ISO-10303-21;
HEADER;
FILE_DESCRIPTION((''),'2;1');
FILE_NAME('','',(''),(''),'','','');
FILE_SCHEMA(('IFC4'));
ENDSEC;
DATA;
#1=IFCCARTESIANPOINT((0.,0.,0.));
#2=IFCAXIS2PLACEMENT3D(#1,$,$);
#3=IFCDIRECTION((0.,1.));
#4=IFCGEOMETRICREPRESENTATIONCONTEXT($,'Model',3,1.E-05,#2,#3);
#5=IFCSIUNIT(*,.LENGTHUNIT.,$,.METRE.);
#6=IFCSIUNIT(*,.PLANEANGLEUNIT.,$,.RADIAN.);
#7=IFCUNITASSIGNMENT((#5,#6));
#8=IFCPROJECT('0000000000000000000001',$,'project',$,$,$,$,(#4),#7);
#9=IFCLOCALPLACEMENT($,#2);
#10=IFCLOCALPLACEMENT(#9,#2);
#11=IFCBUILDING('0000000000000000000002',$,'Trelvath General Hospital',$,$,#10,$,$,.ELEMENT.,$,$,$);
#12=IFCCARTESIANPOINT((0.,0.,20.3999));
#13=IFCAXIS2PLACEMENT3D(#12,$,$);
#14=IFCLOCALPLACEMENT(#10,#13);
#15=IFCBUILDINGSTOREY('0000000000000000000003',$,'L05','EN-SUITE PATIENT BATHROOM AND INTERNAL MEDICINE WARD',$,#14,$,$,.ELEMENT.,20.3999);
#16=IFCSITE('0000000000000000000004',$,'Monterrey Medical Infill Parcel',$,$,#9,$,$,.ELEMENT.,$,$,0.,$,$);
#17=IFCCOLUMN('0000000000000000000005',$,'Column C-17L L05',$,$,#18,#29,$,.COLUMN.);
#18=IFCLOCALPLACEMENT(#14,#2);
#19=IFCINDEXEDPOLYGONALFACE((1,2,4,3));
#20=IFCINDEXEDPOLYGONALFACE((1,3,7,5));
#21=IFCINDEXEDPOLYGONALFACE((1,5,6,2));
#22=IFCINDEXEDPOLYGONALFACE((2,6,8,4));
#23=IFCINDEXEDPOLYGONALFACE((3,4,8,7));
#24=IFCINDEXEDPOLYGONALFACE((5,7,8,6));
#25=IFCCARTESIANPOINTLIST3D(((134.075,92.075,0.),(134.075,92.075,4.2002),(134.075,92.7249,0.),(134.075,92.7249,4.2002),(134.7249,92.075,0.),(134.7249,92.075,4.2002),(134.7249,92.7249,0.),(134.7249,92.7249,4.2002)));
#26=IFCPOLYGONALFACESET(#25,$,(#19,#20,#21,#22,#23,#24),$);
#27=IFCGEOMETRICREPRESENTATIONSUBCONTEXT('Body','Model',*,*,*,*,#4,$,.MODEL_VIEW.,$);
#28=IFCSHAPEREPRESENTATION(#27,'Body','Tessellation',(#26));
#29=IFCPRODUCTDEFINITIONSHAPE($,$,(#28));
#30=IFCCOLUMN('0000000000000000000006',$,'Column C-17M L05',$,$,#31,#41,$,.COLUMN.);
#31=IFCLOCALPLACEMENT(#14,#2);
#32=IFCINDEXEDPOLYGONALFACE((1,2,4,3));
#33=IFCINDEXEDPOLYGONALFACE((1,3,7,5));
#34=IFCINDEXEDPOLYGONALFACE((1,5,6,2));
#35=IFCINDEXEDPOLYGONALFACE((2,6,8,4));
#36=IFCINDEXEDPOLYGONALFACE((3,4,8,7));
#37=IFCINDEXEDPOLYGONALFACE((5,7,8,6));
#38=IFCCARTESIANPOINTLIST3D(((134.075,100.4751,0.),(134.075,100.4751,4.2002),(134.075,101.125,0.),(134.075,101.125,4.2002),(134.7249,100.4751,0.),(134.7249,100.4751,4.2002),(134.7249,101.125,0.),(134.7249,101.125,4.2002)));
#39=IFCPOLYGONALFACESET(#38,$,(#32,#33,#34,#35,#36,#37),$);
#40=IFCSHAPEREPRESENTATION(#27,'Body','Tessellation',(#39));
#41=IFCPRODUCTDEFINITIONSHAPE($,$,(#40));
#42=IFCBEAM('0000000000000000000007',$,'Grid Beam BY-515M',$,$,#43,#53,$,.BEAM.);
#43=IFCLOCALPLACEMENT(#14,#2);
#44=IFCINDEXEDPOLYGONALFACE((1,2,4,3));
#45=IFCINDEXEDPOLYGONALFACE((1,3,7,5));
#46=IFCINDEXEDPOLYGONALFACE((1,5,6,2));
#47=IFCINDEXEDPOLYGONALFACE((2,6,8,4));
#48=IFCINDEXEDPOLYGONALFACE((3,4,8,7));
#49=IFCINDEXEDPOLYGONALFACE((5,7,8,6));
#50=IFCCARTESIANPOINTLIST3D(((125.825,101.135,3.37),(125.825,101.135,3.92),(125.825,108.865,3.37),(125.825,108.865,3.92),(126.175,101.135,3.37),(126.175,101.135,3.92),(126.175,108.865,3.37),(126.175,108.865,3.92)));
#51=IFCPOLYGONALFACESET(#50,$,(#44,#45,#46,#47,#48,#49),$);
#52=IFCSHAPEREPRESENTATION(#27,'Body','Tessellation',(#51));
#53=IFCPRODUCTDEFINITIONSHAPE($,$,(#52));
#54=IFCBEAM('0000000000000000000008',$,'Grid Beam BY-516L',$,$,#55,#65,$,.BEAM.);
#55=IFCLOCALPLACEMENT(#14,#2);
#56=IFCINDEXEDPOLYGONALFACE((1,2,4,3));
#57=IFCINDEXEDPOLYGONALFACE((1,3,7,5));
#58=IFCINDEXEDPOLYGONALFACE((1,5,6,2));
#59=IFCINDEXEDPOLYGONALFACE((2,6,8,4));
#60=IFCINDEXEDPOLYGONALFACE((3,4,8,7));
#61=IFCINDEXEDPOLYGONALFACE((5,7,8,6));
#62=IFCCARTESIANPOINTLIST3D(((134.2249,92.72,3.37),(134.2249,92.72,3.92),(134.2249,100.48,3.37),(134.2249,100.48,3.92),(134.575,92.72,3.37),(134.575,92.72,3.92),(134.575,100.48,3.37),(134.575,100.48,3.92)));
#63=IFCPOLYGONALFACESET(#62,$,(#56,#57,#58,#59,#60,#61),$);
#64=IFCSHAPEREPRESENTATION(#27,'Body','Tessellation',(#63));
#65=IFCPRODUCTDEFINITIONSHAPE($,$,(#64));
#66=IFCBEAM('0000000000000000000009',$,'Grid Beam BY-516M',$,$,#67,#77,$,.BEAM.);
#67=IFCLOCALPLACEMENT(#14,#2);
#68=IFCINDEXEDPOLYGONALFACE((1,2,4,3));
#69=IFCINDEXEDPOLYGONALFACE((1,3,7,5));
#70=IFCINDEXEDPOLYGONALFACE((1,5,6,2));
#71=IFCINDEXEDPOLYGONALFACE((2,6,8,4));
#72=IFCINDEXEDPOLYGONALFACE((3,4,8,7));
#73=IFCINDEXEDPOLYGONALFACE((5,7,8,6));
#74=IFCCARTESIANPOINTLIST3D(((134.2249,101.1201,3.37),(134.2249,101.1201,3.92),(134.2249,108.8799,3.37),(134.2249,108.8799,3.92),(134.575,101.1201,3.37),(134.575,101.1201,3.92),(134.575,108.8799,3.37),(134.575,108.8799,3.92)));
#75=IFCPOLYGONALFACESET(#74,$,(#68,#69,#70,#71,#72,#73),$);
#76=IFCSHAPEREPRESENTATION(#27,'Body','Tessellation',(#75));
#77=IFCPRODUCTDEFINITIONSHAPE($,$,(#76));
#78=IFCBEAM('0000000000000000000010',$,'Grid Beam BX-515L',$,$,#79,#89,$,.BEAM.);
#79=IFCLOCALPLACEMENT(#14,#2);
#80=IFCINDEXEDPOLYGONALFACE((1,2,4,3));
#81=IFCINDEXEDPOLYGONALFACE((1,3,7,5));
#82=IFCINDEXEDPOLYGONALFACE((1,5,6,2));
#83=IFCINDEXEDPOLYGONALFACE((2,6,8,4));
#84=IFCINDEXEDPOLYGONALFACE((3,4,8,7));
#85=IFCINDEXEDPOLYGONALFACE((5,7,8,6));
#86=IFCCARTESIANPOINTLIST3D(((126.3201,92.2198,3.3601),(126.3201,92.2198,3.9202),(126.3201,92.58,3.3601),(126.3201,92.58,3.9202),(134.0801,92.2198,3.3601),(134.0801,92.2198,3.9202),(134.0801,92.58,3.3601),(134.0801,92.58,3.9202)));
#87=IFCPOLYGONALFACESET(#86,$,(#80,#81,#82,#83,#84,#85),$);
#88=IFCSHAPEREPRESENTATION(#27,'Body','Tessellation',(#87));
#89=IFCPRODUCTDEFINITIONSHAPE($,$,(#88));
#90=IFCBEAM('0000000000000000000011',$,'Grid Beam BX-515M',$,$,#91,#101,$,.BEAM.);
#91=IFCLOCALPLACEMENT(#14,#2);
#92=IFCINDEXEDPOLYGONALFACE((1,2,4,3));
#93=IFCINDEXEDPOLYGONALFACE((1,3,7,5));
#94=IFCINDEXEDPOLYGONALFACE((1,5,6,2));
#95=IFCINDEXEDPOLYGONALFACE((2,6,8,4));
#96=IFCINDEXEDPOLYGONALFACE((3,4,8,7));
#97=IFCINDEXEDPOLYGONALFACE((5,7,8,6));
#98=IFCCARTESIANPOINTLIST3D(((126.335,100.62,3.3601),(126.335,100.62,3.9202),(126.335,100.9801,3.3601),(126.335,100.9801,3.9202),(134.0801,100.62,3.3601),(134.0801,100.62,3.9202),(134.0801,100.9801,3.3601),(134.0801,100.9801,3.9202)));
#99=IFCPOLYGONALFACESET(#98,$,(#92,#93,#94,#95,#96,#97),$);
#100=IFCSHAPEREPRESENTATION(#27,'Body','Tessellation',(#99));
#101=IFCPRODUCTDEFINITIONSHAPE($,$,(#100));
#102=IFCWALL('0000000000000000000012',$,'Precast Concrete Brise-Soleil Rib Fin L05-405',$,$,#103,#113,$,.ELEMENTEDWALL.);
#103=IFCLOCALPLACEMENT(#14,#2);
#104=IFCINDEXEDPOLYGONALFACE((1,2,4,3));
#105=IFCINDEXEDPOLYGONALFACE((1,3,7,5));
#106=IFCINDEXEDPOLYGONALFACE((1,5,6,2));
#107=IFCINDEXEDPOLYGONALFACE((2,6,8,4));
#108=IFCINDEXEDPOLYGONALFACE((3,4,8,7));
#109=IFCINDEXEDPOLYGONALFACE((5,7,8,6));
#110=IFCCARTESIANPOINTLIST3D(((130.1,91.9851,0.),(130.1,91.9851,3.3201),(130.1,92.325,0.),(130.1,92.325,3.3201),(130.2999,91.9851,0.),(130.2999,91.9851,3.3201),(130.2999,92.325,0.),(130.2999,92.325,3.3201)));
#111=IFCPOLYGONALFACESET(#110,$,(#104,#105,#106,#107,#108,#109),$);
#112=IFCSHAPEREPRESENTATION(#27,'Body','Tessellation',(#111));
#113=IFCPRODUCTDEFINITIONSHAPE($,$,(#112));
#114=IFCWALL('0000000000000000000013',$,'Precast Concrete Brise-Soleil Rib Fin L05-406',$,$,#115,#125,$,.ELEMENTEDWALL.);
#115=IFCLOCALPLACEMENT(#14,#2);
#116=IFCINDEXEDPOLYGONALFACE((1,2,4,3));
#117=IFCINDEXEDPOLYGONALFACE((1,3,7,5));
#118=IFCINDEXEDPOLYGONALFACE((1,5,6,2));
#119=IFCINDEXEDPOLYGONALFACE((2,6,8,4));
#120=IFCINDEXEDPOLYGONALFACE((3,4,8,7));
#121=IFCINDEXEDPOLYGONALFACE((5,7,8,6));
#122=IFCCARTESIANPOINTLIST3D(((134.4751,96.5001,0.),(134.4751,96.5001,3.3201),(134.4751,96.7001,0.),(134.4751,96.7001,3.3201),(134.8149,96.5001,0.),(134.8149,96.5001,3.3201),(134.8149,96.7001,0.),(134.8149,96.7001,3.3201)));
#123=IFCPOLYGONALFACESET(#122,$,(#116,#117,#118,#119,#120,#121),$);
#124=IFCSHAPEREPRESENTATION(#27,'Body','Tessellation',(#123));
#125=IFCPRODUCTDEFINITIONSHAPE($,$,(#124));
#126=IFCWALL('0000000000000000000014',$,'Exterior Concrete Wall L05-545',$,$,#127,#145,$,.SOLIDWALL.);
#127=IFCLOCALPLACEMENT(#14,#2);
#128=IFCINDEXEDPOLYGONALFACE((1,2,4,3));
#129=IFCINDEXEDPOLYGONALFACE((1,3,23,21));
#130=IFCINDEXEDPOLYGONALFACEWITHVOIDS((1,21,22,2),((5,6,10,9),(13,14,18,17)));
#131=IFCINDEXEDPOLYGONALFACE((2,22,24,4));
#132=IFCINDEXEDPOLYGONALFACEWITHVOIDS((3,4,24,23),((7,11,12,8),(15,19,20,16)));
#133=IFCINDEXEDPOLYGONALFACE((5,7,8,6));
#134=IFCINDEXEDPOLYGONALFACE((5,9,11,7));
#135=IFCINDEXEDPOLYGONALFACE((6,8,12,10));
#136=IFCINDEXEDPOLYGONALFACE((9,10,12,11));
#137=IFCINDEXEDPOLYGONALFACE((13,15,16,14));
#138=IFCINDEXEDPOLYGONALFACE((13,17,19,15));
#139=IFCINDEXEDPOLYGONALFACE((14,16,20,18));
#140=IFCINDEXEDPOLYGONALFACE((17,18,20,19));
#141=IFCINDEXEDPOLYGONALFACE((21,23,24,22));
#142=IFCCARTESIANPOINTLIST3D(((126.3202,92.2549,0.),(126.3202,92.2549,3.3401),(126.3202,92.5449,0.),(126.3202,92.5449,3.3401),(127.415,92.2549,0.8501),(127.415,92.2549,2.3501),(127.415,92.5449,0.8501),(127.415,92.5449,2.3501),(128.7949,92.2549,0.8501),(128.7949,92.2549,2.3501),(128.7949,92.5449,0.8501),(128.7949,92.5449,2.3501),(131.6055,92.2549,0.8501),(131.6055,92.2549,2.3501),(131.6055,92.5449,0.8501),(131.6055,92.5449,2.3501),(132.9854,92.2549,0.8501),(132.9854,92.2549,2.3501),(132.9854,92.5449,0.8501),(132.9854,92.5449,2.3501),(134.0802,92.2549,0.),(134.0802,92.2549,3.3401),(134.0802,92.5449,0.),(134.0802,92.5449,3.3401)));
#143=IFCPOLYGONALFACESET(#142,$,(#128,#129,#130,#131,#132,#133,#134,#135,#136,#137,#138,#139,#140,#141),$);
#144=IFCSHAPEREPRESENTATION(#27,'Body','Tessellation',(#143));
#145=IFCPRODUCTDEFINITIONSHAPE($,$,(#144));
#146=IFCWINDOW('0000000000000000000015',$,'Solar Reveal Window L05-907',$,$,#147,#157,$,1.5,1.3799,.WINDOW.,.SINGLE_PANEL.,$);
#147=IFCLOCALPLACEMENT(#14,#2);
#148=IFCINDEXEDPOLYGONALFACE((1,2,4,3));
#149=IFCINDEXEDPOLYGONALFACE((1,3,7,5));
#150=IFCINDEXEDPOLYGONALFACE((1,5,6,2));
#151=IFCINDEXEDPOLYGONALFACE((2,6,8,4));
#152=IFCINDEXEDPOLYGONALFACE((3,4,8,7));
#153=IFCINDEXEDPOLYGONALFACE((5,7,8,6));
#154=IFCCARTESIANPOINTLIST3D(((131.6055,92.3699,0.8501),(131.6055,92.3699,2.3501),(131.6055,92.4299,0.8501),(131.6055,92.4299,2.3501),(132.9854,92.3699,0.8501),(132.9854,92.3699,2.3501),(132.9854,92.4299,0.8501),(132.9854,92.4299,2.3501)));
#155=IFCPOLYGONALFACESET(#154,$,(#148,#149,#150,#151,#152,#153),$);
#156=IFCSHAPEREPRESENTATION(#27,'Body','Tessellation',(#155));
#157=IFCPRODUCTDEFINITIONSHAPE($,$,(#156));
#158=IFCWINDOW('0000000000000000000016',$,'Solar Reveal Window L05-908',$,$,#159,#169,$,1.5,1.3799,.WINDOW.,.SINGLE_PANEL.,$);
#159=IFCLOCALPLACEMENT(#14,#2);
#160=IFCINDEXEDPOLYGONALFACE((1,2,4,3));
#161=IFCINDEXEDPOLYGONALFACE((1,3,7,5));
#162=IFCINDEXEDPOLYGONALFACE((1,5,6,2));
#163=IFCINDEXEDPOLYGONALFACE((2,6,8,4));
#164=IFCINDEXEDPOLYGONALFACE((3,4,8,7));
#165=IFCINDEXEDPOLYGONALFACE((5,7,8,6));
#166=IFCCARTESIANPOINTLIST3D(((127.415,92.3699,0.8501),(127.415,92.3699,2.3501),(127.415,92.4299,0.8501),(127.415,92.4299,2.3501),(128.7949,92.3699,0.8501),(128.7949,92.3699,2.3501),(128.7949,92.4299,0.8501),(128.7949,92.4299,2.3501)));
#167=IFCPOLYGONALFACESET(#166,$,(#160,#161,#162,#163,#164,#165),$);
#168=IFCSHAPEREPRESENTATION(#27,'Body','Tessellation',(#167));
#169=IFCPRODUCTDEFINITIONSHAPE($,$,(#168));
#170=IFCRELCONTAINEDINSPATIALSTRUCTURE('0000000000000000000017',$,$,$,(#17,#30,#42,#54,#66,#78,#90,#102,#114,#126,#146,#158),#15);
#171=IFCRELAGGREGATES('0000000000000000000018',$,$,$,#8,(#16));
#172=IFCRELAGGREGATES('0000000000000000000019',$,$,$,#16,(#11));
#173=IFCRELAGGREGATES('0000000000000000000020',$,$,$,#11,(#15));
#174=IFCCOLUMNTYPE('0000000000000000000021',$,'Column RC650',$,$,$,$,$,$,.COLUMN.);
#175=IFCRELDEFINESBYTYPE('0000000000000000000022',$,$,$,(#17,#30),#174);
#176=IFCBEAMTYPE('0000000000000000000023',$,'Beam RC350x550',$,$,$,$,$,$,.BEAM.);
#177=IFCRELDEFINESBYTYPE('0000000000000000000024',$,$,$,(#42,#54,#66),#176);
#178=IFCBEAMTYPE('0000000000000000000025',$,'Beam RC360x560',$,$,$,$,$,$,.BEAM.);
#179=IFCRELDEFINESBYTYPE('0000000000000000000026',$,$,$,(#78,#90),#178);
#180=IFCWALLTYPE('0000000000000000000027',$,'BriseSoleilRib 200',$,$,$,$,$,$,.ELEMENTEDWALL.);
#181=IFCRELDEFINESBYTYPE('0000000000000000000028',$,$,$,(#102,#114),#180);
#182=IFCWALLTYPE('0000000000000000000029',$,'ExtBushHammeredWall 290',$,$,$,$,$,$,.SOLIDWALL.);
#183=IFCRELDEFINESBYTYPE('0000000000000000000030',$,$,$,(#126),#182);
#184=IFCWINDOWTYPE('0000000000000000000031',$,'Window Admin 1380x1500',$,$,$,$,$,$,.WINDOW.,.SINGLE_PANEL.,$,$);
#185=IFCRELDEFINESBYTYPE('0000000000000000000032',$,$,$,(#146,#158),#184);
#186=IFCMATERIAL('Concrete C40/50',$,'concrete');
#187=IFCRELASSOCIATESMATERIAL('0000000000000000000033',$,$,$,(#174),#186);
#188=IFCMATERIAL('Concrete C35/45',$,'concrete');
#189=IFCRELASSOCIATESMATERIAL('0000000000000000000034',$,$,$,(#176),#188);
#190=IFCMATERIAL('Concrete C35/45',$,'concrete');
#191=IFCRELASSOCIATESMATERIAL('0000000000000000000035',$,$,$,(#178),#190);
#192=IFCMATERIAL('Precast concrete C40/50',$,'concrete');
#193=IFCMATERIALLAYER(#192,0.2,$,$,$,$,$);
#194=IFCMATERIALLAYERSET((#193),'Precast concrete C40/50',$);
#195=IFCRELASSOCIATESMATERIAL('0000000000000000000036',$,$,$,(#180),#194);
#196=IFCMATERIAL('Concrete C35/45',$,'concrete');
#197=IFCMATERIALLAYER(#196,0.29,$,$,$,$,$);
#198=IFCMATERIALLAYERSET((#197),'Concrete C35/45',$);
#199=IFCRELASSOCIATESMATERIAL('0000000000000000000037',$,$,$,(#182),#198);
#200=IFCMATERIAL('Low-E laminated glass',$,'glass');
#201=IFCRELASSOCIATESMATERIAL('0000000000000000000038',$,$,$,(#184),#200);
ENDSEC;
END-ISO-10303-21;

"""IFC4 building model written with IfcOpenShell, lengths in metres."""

from ifc_helpers import new_model, si_unit, direction, frame, frame_2d, origin, origin_2d, place, context, subcontext, project, spatial, rectangle, extrude, material, layer, layer_set, material_profile, profile_set, type_object, element, fill, save


model = new_model("IFC4")

# Units and contexts
model_context = context("Model", 3, precision=1e-05, world=origin(), true_north=direction((0.0, 1.0)))
body_context = subcontext(model_context, "Body", "Model", "MODEL_VIEW")
ifc_project = project(units=[si_unit("LENGTHUNIT", "METRE"), si_unit("PLANEANGLEUNIT", "RADIAN")], contexts=[model_context])

# Site, building, storey
site_placement = place(None, origin())
site = spatial("IfcSite", under=ifc_project, at=site_placement, Name="Monterrey Medical Infill Parcel", CompositionType="ELEMENT", RefElevation=0.0)
building_placement = place(site_placement, origin())
building = spatial("IfcBuilding", under=site, at=building_placement, Name="Trelvath General Hospital", CompositionType="ELEMENT")
storey_placement = place(building_placement, frame((0.0, 0.0, 20.3999)))
storey = spatial("IfcBuildingStorey", under=building, at=storey_placement, Name="L05", Description="EN-SUITE PATIENT BATHROOM AND INTERNAL MEDICINE WARD", CompositionType="ELEMENT", Elevation=20.3999)

# Columns
ifc_material_1 = material(Name="Concrete C40/50", Category="concrete")
ifc_material_profile_1 = material_profile(ifc_material_1, rectangle(XDim=0.6499, YDim=0.6499, at=origin_2d()), Name="RC650x650")
ifc_profile_set_1 = profile_set([ifc_material_profile_1], Name="Concrete C40/50")
column_type = type_object("IfcColumnType", Name="Column RC650", PredefinedType="COLUMN", material=ifc_profile_set_1)
for number, where, z_axis, x_axis, name in (
    (1, (134.3999, 92.3999, 0.0), (0.0, 0.0, 1.0), (1.0, 0.0, 0.0), "Column C-17L L05"),
    (2, (134.3999, 100.8, 0.0), (0.0, 0.0, 1.0), (1.0, 0.0, 0.0), "Column C-17M L05"),
):
    element("IfcColumn", number, at=place(storey_placement, frame(where, z_axis=z_axis, x_axis=x_axis)), inside=storey, type_object=column_type, Name=name, PredefinedType="COLUMN", context=body_context, shape_type="SweptSolid", body=[
        extrude(rectangle(XDim=0.6499, YDim=0.6499, at=origin_2d()), origin(), (0.0, 0.0, 1.0), 4.2002),
    ])

# Beams
ifc_material_2 = material(Name="Concrete C35/45", Category="concrete")
ifc_material_profile_2 = material_profile(ifc_material_2, rectangle(XDim=0.3501, YDim=0.55, at=origin_2d()), Name="RCB350x550")
ifc_profile_set_2 = profile_set([ifc_material_profile_2], Name="Concrete C35/45")
beam_type_1 = type_object("IfcBeamType", Name="Beam RC350x550", PredefinedType="BEAM", material=ifc_profile_set_2)
beam_1_placement = place(storey_placement, frame((126.0, 101.135, 3.645), z_axis=(0.0, 1.0, 0.0), x_axis=(-1.0, 0.0, 0.0)))
element("IfcBeam", 3, at=beam_1_placement, inside=storey, type_object=beam_type_1, Name="Grid Beam BY-515M", PredefinedType="BEAM", context=body_context, shape_type="SweptSolid", body=[
    extrude(rectangle(XDim=0.3501, YDim=0.55, at=origin_2d()), origin(), (0.0, 0.0, 1.0), 7.73),
])
beam_2_placement = place(storey_placement, frame((134.3999, 92.72, 3.645), z_axis=(0.0, 1.0, 0.0), x_axis=(-1.0, 0.0, 0.0)))
element("IfcBeam", 4, at=beam_2_placement, inside=storey, type_object=beam_type_1, Name="Grid Beam BY-516L", PredefinedType="BEAM", context=body_context, shape_type="SweptSolid", body=[
    extrude(rectangle(XDim=0.3501, YDim=0.55, at=origin_2d()), origin(), (0.0, 0.0, 1.0), 7.76),
])
beam_3_placement = place(storey_placement, frame((134.3999, 101.1201, 3.645), z_axis=(0.0, 1.0, 0.0), x_axis=(-1.0, 0.0, 0.0)))
element("IfcBeam", 5, at=beam_3_placement, inside=storey, type_object=beam_type_1, Name="Grid Beam BY-516M", PredefinedType="BEAM", context=body_context, shape_type="SweptSolid", body=[
    extrude(rectangle(XDim=0.3501, YDim=0.55, at=origin_2d()), origin(), (0.0, 0.0, 1.0), 7.7598),
])
ifc_material_3 = material(Name="Concrete C35/45", Category="concrete")
ifc_material_profile_3 = material_profile(ifc_material_3, rectangle(XDim=0.3601, YDim=0.5601, at=origin_2d()), Name="RCB360x560")
ifc_profile_set_3 = profile_set([ifc_material_profile_3], Name="Concrete C35/45")
beam_type_2 = type_object("IfcBeamType", Name="Beam RC360x560", PredefinedType="BEAM", material=ifc_profile_set_3)
beam_4_placement = place(storey_placement, frame((126.3201, 92.3999, 3.6401), z_axis=(1.0, 0.0, 0.0), x_axis=(0.0, 1.0, 0.0)))
element("IfcBeam", 6, at=beam_4_placement, inside=storey, type_object=beam_type_2, Name="Grid Beam BX-515L", PredefinedType="BEAM", context=body_context, shape_type="SweptSolid", body=[
    extrude(rectangle(XDim=0.3601, YDim=0.5601, at=origin_2d()), origin(), (0.0, 0.0, 1.0), 7.76),
])
beam_5_placement = place(storey_placement, frame((126.335, 100.8, 3.6401), z_axis=(1.0, 0.0, 0.0), x_axis=(0.0, 1.0, 0.0)))
element("IfcBeam", 7, at=beam_5_placement, inside=storey, type_object=beam_type_2, Name="Grid Beam BX-515M", PredefinedType="BEAM", context=body_context, shape_type="SweptSolid", body=[
    extrude(rectangle(XDim=0.3601, YDim=0.5601, at=origin_2d()), origin(), (0.0, 0.0, 1.0), 7.7451),
])

# Walls
ifc_material_4 = material(Name="Precast concrete C40/50", Category="concrete")
ifc_layer_1 = layer(ifc_material_4, 0.2)
ifc_layer_set_1 = layer_set([ifc_layer_1], Name="Precast concrete C40/50")
wall_type_1 = type_object("IfcWallType", Name="BriseSoleilRib 200", PredefinedType="ELEMENTEDWALL", material=ifc_layer_set_1)
for number, where, z_axis, x_axis, name in (
    (8, (130.2, 92.325, 0.0), (0.0, 0.0, 1.0), (0.0, -1.0, 0.0), "Precast Concrete Brise-Soleil Rib Fin L05-405"),
    (9, (134.4751, 96.6001, 0.0), (0.0, 0.0, 1.0), (1.0, 0.0, 0.0), "Precast Concrete Brise-Soleil Rib Fin L05-406"),
):
    element("IfcWall", number, at=place(storey_placement, frame(where, z_axis=z_axis, x_axis=x_axis)), inside=storey, type_object=wall_type_1, Name=name, PredefinedType="ELEMENTEDWALL", context=body_context, shape_type="SweptSolid", body=[
        extrude(rectangle(XDim=0.3398, YDim=0.2, at=frame_2d((0.1699, 0.0))), origin(), (0.0, 0.0, 1.0), 3.3201),
    ])

# Wall, openings, windows
ifc_material_5 = material(Name="Concrete C35/45", Category="concrete")
ifc_layer_2 = layer(ifc_material_5, 0.29)
ifc_layer_set_2 = layer_set([ifc_layer_2], Name="Concrete C35/45")
wall_type_2 = type_object("IfcWallType", Name="ExtBushHammeredWall 290", PredefinedType="SOLIDWALL", material=ifc_layer_set_2)
wall_1_placement = place(storey_placement, frame((134.0801, 92.3999, 0.0), z_axis=(0.0, 0.0, 1.0), x_axis=(-1.0, 0.0, 0.0)))
wall_1 = element("IfcWall", 10, at=wall_1_placement, inside=storey, type_object=wall_type_2, Name="Exterior Concrete Wall L05-545", PredefinedType="SOLIDWALL", context=body_context, shape_type="SweptSolid", body=[
    extrude(rectangle(XDim=7.76, YDim=0.29, at=frame_2d((3.8799, 0.0))), origin(), (0.0, 0.0, 1.0), 3.3401),
])
opening_1_placement = place(wall_1_placement, frame((1.0947, 0.0, 0.8501)))
opening_1 = element("IfcOpeningElement", 11, at=opening_1_placement, cuts=wall_1, PredefinedType="OPENING", context=body_context, shape_type="SweptSolid", body=[
    extrude(rectangle(XDim=1.3799, YDim=1.5, at=frame_2d((0.6899, 0.75))), frame((0.0, 0.155, 0.0), z_axis=(0.0, -1.0, 0.0), x_axis=(1.0, 0.0, 0.0)), (0.0, 0.0, 1.0), 0.3101),
])
opening_2_placement = place(wall_1_placement, frame((5.2852, 0.0, 0.8501)))
opening_2 = element("IfcOpeningElement", 12, at=opening_2_placement, cuts=wall_1, PredefinedType="OPENING", context=body_context, shape_type="SweptSolid", body=[
    extrude(rectangle(XDim=1.3799, YDim=1.5, at=frame_2d((0.6899, 0.75))), frame((0.0, 0.155, 0.0), z_axis=(0.0, -1.0, 0.0), x_axis=(1.0, 0.0, 0.0)), (0.0, 0.0, 1.0), 0.3101),
])
ifc_material_6 = material(Name="Low-E laminated glass", Category="glass")
window_type = type_object("IfcWindowType", Name="Window Admin 1380x1500", PartitioningType="SINGLE_PANEL", PredefinedType="WINDOW", material=ifc_material_6)
window_1_placement = place(opening_1_placement, origin())
window_1 = element("IfcWindow", 13, at=window_1_placement, inside=storey, type_object=window_type, Name="Solar Reveal Window L05-907", OverallHeight=1.5, OverallWidth=1.3799, PartitioningType="SINGLE_PANEL", PredefinedType="WINDOW", context=body_context, shape_type="SweptSolid", body=[
    extrude(rectangle(XDim=1.3799, YDim=1.5, at=frame_2d((0.6899, 0.75))), frame((0.0, 0.03, 0.0), z_axis=(0.0, -1.0, 0.0), x_axis=(1.0, 0.0, 0.0)), (0.0, 0.0, 1.0), 0.0601),
])
fill(opening_1, window_1)
window_2_placement = place(opening_2_placement, origin())
window_2 = element("IfcWindow", 14, at=window_2_placement, inside=storey, type_object=window_type, Name="Solar Reveal Window L05-908", OverallHeight=1.5, OverallWidth=1.3799, PartitioningType="SINGLE_PANEL", PredefinedType="WINDOW", context=body_context, shape_type="SweptSolid", body=[
    extrude(rectangle(XDim=1.3799, YDim=1.5, at=frame_2d((0.6899, 0.75))), frame((0.0, 0.03, 0.0), z_axis=(0.0, -1.0, 0.0), x_axis=(1.0, 0.0, 0.0)), (0.0, 0.0, 1.0), 0.0601),
])
fill(opening_2, window_2)

save(model, "model.ifc")
